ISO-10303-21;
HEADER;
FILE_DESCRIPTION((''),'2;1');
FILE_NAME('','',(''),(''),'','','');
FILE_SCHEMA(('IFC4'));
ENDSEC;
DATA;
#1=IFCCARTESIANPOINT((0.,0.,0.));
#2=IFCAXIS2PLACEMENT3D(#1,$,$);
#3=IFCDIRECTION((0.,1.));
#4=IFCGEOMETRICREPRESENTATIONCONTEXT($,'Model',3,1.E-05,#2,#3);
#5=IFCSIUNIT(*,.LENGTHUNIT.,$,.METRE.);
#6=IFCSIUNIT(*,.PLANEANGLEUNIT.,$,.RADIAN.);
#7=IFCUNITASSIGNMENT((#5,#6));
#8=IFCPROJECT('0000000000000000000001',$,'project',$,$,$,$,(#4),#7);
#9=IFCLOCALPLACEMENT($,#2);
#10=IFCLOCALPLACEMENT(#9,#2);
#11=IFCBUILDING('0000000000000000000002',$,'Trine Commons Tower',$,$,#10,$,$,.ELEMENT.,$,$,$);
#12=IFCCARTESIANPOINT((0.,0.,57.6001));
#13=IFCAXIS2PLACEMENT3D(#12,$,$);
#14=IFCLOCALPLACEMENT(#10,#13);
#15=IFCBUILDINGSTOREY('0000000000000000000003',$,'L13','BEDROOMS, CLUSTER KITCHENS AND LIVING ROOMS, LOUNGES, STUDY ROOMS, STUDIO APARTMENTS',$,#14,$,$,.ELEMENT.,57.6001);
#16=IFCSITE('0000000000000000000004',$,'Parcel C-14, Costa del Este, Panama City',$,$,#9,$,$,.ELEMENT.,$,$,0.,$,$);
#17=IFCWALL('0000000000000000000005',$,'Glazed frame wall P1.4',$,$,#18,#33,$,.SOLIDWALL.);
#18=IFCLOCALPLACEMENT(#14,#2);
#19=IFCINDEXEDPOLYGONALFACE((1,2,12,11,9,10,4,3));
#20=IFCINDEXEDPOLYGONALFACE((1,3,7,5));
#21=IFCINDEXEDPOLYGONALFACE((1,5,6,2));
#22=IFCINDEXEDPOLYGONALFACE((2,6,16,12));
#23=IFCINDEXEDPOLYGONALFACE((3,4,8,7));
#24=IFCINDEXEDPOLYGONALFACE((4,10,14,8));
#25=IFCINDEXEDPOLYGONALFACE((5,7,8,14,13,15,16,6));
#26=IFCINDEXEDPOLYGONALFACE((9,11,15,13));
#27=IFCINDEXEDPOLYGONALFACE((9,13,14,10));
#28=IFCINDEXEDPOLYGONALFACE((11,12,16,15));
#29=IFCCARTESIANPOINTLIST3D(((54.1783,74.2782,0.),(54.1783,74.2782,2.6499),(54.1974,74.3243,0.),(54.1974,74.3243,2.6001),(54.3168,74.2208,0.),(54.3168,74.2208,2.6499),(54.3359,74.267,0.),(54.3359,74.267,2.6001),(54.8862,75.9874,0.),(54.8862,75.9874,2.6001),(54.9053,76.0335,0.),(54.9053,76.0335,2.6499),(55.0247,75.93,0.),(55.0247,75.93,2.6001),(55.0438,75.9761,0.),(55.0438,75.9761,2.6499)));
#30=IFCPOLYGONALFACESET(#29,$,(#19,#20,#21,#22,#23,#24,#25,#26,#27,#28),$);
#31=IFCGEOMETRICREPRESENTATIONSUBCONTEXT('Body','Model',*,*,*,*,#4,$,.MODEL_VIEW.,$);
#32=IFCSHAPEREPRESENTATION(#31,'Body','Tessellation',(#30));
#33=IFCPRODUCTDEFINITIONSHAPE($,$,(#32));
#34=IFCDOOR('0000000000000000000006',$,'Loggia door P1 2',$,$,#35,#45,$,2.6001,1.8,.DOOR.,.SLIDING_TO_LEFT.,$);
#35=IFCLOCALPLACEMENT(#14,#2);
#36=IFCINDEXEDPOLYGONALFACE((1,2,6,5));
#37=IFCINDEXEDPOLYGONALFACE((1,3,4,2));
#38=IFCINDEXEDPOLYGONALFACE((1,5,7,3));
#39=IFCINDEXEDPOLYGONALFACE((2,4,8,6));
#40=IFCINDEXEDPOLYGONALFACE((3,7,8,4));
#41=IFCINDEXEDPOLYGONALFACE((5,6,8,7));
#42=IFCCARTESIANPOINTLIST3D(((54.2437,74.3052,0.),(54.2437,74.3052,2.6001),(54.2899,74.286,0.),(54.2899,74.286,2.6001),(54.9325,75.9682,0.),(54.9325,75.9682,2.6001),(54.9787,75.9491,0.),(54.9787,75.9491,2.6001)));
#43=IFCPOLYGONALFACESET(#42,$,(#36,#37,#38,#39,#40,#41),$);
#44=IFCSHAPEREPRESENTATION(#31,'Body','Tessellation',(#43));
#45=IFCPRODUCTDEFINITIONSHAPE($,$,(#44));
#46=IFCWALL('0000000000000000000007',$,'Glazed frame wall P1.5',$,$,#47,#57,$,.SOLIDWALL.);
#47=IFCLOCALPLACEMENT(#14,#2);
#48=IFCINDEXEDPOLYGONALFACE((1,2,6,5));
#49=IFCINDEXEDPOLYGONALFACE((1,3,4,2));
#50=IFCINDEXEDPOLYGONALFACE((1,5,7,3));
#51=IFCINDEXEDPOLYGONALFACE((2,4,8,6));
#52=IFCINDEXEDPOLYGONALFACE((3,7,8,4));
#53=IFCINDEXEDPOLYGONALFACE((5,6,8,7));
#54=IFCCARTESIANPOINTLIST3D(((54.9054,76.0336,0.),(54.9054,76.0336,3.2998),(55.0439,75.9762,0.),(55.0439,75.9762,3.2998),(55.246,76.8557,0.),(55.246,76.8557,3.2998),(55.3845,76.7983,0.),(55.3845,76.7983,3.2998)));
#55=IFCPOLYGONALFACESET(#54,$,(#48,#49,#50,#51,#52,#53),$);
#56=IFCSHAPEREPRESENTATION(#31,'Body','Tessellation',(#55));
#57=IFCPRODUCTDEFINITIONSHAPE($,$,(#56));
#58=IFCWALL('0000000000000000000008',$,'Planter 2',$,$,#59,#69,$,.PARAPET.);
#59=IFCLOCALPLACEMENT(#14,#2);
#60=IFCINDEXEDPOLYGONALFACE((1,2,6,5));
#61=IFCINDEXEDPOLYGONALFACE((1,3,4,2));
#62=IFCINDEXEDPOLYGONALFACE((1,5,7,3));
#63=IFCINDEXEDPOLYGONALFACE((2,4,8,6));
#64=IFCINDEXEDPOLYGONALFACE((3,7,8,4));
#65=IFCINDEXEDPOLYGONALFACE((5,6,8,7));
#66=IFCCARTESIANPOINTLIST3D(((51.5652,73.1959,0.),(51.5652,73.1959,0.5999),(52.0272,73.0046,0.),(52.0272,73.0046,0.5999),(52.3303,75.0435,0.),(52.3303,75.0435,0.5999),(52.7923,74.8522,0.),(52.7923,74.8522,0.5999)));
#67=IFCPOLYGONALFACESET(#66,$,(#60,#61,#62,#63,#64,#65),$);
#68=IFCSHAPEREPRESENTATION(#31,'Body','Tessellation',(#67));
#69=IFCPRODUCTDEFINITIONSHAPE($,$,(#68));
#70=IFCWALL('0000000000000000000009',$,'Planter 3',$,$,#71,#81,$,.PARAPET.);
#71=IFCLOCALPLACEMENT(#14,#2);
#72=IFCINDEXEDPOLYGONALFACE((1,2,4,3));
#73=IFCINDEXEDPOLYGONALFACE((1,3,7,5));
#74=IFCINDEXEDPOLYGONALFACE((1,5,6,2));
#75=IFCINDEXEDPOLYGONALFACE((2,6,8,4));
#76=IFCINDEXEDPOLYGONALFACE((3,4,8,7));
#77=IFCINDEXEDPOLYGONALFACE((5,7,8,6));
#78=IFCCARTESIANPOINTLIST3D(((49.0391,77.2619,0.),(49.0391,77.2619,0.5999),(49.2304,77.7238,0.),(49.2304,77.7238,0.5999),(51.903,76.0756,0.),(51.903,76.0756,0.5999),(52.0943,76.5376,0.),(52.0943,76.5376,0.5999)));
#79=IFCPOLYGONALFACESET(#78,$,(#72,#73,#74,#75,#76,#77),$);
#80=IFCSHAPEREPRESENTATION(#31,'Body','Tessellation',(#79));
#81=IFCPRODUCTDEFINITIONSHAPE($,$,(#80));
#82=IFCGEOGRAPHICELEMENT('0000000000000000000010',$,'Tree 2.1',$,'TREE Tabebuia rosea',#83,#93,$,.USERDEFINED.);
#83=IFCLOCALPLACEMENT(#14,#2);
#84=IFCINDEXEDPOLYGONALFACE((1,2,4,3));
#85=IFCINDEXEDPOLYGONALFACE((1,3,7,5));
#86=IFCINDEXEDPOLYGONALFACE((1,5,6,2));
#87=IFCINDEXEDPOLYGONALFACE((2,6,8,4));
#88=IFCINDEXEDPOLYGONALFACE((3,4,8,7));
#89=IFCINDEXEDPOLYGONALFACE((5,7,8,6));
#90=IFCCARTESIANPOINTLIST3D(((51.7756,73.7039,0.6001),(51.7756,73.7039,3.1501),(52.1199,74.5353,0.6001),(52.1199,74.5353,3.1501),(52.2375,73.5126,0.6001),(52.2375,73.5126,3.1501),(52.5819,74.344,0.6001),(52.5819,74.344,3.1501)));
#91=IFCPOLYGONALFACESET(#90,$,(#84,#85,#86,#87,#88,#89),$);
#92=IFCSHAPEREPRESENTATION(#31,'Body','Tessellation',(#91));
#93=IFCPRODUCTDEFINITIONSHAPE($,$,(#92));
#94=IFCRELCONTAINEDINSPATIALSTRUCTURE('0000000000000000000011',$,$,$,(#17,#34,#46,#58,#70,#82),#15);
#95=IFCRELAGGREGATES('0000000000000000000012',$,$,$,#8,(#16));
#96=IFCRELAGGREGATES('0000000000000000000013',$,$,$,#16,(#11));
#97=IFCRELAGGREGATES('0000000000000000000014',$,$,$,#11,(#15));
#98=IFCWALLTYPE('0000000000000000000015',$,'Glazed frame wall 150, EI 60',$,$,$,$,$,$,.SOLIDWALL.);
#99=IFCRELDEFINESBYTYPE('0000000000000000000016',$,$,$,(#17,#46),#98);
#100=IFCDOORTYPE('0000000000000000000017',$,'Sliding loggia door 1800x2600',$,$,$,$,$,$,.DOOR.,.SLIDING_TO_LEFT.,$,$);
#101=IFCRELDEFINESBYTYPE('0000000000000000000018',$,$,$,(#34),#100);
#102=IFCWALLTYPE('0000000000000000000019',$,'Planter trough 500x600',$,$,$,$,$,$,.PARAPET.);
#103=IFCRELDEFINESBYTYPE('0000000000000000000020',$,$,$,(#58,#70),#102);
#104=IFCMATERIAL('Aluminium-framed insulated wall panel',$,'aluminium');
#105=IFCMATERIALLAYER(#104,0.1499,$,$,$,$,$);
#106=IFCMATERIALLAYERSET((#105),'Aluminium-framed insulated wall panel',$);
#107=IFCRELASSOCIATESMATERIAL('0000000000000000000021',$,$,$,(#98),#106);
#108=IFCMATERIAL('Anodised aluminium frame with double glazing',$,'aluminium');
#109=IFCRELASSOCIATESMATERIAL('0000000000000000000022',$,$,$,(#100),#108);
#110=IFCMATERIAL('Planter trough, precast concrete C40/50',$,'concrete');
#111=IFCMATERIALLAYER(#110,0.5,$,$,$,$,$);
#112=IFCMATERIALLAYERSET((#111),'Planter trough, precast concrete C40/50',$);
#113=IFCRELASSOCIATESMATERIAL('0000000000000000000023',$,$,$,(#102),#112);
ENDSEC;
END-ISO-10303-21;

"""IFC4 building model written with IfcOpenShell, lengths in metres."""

from ifc_helpers import new_model, si_unit, direction, frame, frame_2d, origin, origin_2d, place, context, subcontext, project, spatial, polyline, rectangle, outline, extrude, material, layer, layer_set, type_object, element, fill, save


model = new_model("IFC4")

# Units and contexts
model_context = context("Model", 3, precision=1e-05, world=origin(), true_north=direction((0.0, 1.0)))
body_context = subcontext(model_context, "Body", "Model", "MODEL_VIEW")
ifc_project = project(units=[si_unit("LENGTHUNIT", "METRE"), si_unit("PLANEANGLEUNIT", "RADIAN")], contexts=[model_context])

# Site, building, storey
site_placement = place(None, origin())
site = spatial("IfcSite", under=ifc_project, at=site_placement, Name="Parcel C-14, Costa del Este, Panama City", CompositionType="ELEMENT", RefElevation=0.0)
building_placement = place(site_placement, origin())
building = spatial("IfcBuilding", under=site, at=building_placement, Name="Trine Commons Tower", CompositionType="ELEMENT")
storey_placement = place(building_placement, frame((0.0, 0.0, 57.6001)))
storey = spatial("IfcBuildingStorey", under=building, at=storey_placement, Name="L13", Description="BEDROOMS, CLUSTER KITCHENS AND LIVING ROOMS, LOUNGES, STUDY ROOMS, STUDIO APARTMENTS", CompositionType="ELEMENT", Elevation=57.6001)

# Wall, opening, door
ifc_material_1 = material(Name="Aluminium-framed insulated wall panel", Category="aluminium")
ifc_layer_1 = layer(ifc_material_1, 0.1499)
ifc_layer_set_1 = layer_set([ifc_layer_1], Name="Aluminium-framed insulated wall panel")
wall_type_1 = type_object("IfcWallType", Name="Glazed frame wall 150, EI 60", PredefinedType="SOLIDWALL", material=ifc_layer_set_1)
wall_1_placement = place(storey_placement, frame((54.2476, 74.2495, 0.0), z_axis=(0.0, 0.0, 1.0), x_axis=(0.382662, 0.923888, 0.0)))
wall_1 = element("IfcWall", 1, at=wall_1_placement, inside=storey, type_object=wall_type_1, Name="Glazed frame wall P1.4", PredefinedType="SOLIDWALL", context=body_context, shape_type="SweptSolid", body=[
    extrude(outline(polyline([(0.0, -0.075), (1.8999, -0.075), (1.8999, 0.075), (0.0, 0.075), (0.0, -0.075)])), origin(), (0.0, 0.0, 1.0), 2.6499),
])
opening_1_placement = place(wall_1_placement, frame((0.05, 0.0, 0.0)))
opening_1 = element("IfcOpeningElement", 2, at=opening_1_placement, cuts=wall_1, PredefinedType="OPENING", context=body_context, shape_type="SweptSolid", body=[
    extrude(rectangle(XDim=1.8, YDim=2.6001, at=frame_2d((0.8999, 1.3))), frame((0.0, 0.085, 0.0), z_axis=(0.0, -1.0, 0.0), x_axis=(1.0, 0.0, 0.0)), (0.0, 0.0, 1.0), 0.1699),
])
ifc_material_2 = material(Name="Anodised aluminium frame with double glazing", Category="aluminium")
door_type = type_object("IfcDoorType", Name="Sliding loggia door 1800x2600", OperationType="SLIDING_TO_LEFT", PredefinedType="DOOR", material=ifc_material_2)
door_1_placement = place(opening_1_placement, origin())
door_1 = element("IfcDoor", 3, at=door_1_placement, inside=storey, type_object=door_type, Name="Loggia door P1 2", OperationType="SLIDING_TO_LEFT", OverallHeight=2.6001, OverallWidth=1.8, PredefinedType="DOOR", context=body_context, shape_type="SweptSolid", body=[
    extrude(rectangle(XDim=1.8, YDim=2.6001, at=frame_2d((0.8999, 1.3))), frame((0.0, 0.0249, 0.0), z_axis=(0.0, -1.0, 0.0), x_axis=(1.0, 0.0, 0.0)), (0.0, 0.0, 1.0), 0.05),
])
fill(opening_1, door_1)

# Wall
wall_2_placement = place(storey_placement, frame((54.9746, 76.0049, 0.0), z_axis=(0.0, 0.0, 1.0), x_axis=(0.382812, 0.923826, 0.0)))
element("IfcWall", 4, at=wall_2_placement, inside=storey, type_object=wall_type_1, Name="Glazed frame wall P1.5", PredefinedType="SOLIDWALL", context=body_context, shape_type="SweptSolid", body=[
    extrude(outline(polyline([(0.8899, 0.075), (0.0, 0.075), (0.0, -0.075), (0.8899, -0.075), (0.8899, 0.075)])), origin(), (0.0, 0.0, 1.0), 3.2998),
])

# Walls
ifc_material_3 = material(Name="Planter trough, precast concrete C40/50", Category="concrete")
ifc_layer_2 = layer(ifc_material_3, 0.5)
ifc_layer_set_2 = layer_set([ifc_layer_2], Name="Planter trough, precast concrete C40/50")
wall_type_2 = type_object("IfcWallType", Name="Planter trough 500x600", PredefinedType="PARAPET", material=ifc_layer_set_2)
wall_3_placement = place(storey_placement, frame((51.7961, 73.1001, 0.0), z_axis=(0.0, 0.0, 1.0), x_axis=(0.382603, 0.923913, 0.0)))
element("IfcWall", 5, at=wall_3_placement, inside=storey, type_object=wall_type_2, Name="Planter 2", PredefinedType="PARAPET", context=body_context, shape_type="SweptSolid", body=[
    extrude(rectangle(XDim=1.9998, YDim=0.5, at=frame_2d((1.0, 0.0))), origin(), (0.0, 0.0, 1.0), 0.5999),
])
wall_4_placement = place(storey_placement, frame((51.9985, 76.3066, 0.0), z_axis=(0.0, 0.0, 1.0), x_axis=(-0.923883, 0.382674, 0.0)))
element("IfcWall", 6, at=wall_4_placement, inside=storey, type_object=wall_type_2, Name="Planter 3", PredefinedType="PARAPET", context=body_context, shape_type="SweptSolid", body=[
    extrude(rectangle(XDim=3.0999, YDim=0.5, at=frame_2d((1.5498, 0.0))), origin(), (0.0, 0.0, 1.0), 0.5999),
])

# Geographic element
geographic_element_placement = place(storey_placement, frame((52.1787, 74.0239, 0.6001), z_axis=(0.0, 0.0, 1.0), x_axis=(0.382688, 0.923878, 0.0)))
element("IfcGeographicElement", 7, at=geographic_element_placement, inside=storey, Name="Tree 2.1", ObjectType="TREE Tabebuia rosea", PredefinedType="USERDEFINED", context=body_context, shape_type="SweptSolid", body=[
    extrude(rectangle(XDim=0.8999, YDim=0.5, at=origin_2d()), origin(), (0.0, 0.0, 1.0), 2.55),
])

save(model, "model.ifc")
